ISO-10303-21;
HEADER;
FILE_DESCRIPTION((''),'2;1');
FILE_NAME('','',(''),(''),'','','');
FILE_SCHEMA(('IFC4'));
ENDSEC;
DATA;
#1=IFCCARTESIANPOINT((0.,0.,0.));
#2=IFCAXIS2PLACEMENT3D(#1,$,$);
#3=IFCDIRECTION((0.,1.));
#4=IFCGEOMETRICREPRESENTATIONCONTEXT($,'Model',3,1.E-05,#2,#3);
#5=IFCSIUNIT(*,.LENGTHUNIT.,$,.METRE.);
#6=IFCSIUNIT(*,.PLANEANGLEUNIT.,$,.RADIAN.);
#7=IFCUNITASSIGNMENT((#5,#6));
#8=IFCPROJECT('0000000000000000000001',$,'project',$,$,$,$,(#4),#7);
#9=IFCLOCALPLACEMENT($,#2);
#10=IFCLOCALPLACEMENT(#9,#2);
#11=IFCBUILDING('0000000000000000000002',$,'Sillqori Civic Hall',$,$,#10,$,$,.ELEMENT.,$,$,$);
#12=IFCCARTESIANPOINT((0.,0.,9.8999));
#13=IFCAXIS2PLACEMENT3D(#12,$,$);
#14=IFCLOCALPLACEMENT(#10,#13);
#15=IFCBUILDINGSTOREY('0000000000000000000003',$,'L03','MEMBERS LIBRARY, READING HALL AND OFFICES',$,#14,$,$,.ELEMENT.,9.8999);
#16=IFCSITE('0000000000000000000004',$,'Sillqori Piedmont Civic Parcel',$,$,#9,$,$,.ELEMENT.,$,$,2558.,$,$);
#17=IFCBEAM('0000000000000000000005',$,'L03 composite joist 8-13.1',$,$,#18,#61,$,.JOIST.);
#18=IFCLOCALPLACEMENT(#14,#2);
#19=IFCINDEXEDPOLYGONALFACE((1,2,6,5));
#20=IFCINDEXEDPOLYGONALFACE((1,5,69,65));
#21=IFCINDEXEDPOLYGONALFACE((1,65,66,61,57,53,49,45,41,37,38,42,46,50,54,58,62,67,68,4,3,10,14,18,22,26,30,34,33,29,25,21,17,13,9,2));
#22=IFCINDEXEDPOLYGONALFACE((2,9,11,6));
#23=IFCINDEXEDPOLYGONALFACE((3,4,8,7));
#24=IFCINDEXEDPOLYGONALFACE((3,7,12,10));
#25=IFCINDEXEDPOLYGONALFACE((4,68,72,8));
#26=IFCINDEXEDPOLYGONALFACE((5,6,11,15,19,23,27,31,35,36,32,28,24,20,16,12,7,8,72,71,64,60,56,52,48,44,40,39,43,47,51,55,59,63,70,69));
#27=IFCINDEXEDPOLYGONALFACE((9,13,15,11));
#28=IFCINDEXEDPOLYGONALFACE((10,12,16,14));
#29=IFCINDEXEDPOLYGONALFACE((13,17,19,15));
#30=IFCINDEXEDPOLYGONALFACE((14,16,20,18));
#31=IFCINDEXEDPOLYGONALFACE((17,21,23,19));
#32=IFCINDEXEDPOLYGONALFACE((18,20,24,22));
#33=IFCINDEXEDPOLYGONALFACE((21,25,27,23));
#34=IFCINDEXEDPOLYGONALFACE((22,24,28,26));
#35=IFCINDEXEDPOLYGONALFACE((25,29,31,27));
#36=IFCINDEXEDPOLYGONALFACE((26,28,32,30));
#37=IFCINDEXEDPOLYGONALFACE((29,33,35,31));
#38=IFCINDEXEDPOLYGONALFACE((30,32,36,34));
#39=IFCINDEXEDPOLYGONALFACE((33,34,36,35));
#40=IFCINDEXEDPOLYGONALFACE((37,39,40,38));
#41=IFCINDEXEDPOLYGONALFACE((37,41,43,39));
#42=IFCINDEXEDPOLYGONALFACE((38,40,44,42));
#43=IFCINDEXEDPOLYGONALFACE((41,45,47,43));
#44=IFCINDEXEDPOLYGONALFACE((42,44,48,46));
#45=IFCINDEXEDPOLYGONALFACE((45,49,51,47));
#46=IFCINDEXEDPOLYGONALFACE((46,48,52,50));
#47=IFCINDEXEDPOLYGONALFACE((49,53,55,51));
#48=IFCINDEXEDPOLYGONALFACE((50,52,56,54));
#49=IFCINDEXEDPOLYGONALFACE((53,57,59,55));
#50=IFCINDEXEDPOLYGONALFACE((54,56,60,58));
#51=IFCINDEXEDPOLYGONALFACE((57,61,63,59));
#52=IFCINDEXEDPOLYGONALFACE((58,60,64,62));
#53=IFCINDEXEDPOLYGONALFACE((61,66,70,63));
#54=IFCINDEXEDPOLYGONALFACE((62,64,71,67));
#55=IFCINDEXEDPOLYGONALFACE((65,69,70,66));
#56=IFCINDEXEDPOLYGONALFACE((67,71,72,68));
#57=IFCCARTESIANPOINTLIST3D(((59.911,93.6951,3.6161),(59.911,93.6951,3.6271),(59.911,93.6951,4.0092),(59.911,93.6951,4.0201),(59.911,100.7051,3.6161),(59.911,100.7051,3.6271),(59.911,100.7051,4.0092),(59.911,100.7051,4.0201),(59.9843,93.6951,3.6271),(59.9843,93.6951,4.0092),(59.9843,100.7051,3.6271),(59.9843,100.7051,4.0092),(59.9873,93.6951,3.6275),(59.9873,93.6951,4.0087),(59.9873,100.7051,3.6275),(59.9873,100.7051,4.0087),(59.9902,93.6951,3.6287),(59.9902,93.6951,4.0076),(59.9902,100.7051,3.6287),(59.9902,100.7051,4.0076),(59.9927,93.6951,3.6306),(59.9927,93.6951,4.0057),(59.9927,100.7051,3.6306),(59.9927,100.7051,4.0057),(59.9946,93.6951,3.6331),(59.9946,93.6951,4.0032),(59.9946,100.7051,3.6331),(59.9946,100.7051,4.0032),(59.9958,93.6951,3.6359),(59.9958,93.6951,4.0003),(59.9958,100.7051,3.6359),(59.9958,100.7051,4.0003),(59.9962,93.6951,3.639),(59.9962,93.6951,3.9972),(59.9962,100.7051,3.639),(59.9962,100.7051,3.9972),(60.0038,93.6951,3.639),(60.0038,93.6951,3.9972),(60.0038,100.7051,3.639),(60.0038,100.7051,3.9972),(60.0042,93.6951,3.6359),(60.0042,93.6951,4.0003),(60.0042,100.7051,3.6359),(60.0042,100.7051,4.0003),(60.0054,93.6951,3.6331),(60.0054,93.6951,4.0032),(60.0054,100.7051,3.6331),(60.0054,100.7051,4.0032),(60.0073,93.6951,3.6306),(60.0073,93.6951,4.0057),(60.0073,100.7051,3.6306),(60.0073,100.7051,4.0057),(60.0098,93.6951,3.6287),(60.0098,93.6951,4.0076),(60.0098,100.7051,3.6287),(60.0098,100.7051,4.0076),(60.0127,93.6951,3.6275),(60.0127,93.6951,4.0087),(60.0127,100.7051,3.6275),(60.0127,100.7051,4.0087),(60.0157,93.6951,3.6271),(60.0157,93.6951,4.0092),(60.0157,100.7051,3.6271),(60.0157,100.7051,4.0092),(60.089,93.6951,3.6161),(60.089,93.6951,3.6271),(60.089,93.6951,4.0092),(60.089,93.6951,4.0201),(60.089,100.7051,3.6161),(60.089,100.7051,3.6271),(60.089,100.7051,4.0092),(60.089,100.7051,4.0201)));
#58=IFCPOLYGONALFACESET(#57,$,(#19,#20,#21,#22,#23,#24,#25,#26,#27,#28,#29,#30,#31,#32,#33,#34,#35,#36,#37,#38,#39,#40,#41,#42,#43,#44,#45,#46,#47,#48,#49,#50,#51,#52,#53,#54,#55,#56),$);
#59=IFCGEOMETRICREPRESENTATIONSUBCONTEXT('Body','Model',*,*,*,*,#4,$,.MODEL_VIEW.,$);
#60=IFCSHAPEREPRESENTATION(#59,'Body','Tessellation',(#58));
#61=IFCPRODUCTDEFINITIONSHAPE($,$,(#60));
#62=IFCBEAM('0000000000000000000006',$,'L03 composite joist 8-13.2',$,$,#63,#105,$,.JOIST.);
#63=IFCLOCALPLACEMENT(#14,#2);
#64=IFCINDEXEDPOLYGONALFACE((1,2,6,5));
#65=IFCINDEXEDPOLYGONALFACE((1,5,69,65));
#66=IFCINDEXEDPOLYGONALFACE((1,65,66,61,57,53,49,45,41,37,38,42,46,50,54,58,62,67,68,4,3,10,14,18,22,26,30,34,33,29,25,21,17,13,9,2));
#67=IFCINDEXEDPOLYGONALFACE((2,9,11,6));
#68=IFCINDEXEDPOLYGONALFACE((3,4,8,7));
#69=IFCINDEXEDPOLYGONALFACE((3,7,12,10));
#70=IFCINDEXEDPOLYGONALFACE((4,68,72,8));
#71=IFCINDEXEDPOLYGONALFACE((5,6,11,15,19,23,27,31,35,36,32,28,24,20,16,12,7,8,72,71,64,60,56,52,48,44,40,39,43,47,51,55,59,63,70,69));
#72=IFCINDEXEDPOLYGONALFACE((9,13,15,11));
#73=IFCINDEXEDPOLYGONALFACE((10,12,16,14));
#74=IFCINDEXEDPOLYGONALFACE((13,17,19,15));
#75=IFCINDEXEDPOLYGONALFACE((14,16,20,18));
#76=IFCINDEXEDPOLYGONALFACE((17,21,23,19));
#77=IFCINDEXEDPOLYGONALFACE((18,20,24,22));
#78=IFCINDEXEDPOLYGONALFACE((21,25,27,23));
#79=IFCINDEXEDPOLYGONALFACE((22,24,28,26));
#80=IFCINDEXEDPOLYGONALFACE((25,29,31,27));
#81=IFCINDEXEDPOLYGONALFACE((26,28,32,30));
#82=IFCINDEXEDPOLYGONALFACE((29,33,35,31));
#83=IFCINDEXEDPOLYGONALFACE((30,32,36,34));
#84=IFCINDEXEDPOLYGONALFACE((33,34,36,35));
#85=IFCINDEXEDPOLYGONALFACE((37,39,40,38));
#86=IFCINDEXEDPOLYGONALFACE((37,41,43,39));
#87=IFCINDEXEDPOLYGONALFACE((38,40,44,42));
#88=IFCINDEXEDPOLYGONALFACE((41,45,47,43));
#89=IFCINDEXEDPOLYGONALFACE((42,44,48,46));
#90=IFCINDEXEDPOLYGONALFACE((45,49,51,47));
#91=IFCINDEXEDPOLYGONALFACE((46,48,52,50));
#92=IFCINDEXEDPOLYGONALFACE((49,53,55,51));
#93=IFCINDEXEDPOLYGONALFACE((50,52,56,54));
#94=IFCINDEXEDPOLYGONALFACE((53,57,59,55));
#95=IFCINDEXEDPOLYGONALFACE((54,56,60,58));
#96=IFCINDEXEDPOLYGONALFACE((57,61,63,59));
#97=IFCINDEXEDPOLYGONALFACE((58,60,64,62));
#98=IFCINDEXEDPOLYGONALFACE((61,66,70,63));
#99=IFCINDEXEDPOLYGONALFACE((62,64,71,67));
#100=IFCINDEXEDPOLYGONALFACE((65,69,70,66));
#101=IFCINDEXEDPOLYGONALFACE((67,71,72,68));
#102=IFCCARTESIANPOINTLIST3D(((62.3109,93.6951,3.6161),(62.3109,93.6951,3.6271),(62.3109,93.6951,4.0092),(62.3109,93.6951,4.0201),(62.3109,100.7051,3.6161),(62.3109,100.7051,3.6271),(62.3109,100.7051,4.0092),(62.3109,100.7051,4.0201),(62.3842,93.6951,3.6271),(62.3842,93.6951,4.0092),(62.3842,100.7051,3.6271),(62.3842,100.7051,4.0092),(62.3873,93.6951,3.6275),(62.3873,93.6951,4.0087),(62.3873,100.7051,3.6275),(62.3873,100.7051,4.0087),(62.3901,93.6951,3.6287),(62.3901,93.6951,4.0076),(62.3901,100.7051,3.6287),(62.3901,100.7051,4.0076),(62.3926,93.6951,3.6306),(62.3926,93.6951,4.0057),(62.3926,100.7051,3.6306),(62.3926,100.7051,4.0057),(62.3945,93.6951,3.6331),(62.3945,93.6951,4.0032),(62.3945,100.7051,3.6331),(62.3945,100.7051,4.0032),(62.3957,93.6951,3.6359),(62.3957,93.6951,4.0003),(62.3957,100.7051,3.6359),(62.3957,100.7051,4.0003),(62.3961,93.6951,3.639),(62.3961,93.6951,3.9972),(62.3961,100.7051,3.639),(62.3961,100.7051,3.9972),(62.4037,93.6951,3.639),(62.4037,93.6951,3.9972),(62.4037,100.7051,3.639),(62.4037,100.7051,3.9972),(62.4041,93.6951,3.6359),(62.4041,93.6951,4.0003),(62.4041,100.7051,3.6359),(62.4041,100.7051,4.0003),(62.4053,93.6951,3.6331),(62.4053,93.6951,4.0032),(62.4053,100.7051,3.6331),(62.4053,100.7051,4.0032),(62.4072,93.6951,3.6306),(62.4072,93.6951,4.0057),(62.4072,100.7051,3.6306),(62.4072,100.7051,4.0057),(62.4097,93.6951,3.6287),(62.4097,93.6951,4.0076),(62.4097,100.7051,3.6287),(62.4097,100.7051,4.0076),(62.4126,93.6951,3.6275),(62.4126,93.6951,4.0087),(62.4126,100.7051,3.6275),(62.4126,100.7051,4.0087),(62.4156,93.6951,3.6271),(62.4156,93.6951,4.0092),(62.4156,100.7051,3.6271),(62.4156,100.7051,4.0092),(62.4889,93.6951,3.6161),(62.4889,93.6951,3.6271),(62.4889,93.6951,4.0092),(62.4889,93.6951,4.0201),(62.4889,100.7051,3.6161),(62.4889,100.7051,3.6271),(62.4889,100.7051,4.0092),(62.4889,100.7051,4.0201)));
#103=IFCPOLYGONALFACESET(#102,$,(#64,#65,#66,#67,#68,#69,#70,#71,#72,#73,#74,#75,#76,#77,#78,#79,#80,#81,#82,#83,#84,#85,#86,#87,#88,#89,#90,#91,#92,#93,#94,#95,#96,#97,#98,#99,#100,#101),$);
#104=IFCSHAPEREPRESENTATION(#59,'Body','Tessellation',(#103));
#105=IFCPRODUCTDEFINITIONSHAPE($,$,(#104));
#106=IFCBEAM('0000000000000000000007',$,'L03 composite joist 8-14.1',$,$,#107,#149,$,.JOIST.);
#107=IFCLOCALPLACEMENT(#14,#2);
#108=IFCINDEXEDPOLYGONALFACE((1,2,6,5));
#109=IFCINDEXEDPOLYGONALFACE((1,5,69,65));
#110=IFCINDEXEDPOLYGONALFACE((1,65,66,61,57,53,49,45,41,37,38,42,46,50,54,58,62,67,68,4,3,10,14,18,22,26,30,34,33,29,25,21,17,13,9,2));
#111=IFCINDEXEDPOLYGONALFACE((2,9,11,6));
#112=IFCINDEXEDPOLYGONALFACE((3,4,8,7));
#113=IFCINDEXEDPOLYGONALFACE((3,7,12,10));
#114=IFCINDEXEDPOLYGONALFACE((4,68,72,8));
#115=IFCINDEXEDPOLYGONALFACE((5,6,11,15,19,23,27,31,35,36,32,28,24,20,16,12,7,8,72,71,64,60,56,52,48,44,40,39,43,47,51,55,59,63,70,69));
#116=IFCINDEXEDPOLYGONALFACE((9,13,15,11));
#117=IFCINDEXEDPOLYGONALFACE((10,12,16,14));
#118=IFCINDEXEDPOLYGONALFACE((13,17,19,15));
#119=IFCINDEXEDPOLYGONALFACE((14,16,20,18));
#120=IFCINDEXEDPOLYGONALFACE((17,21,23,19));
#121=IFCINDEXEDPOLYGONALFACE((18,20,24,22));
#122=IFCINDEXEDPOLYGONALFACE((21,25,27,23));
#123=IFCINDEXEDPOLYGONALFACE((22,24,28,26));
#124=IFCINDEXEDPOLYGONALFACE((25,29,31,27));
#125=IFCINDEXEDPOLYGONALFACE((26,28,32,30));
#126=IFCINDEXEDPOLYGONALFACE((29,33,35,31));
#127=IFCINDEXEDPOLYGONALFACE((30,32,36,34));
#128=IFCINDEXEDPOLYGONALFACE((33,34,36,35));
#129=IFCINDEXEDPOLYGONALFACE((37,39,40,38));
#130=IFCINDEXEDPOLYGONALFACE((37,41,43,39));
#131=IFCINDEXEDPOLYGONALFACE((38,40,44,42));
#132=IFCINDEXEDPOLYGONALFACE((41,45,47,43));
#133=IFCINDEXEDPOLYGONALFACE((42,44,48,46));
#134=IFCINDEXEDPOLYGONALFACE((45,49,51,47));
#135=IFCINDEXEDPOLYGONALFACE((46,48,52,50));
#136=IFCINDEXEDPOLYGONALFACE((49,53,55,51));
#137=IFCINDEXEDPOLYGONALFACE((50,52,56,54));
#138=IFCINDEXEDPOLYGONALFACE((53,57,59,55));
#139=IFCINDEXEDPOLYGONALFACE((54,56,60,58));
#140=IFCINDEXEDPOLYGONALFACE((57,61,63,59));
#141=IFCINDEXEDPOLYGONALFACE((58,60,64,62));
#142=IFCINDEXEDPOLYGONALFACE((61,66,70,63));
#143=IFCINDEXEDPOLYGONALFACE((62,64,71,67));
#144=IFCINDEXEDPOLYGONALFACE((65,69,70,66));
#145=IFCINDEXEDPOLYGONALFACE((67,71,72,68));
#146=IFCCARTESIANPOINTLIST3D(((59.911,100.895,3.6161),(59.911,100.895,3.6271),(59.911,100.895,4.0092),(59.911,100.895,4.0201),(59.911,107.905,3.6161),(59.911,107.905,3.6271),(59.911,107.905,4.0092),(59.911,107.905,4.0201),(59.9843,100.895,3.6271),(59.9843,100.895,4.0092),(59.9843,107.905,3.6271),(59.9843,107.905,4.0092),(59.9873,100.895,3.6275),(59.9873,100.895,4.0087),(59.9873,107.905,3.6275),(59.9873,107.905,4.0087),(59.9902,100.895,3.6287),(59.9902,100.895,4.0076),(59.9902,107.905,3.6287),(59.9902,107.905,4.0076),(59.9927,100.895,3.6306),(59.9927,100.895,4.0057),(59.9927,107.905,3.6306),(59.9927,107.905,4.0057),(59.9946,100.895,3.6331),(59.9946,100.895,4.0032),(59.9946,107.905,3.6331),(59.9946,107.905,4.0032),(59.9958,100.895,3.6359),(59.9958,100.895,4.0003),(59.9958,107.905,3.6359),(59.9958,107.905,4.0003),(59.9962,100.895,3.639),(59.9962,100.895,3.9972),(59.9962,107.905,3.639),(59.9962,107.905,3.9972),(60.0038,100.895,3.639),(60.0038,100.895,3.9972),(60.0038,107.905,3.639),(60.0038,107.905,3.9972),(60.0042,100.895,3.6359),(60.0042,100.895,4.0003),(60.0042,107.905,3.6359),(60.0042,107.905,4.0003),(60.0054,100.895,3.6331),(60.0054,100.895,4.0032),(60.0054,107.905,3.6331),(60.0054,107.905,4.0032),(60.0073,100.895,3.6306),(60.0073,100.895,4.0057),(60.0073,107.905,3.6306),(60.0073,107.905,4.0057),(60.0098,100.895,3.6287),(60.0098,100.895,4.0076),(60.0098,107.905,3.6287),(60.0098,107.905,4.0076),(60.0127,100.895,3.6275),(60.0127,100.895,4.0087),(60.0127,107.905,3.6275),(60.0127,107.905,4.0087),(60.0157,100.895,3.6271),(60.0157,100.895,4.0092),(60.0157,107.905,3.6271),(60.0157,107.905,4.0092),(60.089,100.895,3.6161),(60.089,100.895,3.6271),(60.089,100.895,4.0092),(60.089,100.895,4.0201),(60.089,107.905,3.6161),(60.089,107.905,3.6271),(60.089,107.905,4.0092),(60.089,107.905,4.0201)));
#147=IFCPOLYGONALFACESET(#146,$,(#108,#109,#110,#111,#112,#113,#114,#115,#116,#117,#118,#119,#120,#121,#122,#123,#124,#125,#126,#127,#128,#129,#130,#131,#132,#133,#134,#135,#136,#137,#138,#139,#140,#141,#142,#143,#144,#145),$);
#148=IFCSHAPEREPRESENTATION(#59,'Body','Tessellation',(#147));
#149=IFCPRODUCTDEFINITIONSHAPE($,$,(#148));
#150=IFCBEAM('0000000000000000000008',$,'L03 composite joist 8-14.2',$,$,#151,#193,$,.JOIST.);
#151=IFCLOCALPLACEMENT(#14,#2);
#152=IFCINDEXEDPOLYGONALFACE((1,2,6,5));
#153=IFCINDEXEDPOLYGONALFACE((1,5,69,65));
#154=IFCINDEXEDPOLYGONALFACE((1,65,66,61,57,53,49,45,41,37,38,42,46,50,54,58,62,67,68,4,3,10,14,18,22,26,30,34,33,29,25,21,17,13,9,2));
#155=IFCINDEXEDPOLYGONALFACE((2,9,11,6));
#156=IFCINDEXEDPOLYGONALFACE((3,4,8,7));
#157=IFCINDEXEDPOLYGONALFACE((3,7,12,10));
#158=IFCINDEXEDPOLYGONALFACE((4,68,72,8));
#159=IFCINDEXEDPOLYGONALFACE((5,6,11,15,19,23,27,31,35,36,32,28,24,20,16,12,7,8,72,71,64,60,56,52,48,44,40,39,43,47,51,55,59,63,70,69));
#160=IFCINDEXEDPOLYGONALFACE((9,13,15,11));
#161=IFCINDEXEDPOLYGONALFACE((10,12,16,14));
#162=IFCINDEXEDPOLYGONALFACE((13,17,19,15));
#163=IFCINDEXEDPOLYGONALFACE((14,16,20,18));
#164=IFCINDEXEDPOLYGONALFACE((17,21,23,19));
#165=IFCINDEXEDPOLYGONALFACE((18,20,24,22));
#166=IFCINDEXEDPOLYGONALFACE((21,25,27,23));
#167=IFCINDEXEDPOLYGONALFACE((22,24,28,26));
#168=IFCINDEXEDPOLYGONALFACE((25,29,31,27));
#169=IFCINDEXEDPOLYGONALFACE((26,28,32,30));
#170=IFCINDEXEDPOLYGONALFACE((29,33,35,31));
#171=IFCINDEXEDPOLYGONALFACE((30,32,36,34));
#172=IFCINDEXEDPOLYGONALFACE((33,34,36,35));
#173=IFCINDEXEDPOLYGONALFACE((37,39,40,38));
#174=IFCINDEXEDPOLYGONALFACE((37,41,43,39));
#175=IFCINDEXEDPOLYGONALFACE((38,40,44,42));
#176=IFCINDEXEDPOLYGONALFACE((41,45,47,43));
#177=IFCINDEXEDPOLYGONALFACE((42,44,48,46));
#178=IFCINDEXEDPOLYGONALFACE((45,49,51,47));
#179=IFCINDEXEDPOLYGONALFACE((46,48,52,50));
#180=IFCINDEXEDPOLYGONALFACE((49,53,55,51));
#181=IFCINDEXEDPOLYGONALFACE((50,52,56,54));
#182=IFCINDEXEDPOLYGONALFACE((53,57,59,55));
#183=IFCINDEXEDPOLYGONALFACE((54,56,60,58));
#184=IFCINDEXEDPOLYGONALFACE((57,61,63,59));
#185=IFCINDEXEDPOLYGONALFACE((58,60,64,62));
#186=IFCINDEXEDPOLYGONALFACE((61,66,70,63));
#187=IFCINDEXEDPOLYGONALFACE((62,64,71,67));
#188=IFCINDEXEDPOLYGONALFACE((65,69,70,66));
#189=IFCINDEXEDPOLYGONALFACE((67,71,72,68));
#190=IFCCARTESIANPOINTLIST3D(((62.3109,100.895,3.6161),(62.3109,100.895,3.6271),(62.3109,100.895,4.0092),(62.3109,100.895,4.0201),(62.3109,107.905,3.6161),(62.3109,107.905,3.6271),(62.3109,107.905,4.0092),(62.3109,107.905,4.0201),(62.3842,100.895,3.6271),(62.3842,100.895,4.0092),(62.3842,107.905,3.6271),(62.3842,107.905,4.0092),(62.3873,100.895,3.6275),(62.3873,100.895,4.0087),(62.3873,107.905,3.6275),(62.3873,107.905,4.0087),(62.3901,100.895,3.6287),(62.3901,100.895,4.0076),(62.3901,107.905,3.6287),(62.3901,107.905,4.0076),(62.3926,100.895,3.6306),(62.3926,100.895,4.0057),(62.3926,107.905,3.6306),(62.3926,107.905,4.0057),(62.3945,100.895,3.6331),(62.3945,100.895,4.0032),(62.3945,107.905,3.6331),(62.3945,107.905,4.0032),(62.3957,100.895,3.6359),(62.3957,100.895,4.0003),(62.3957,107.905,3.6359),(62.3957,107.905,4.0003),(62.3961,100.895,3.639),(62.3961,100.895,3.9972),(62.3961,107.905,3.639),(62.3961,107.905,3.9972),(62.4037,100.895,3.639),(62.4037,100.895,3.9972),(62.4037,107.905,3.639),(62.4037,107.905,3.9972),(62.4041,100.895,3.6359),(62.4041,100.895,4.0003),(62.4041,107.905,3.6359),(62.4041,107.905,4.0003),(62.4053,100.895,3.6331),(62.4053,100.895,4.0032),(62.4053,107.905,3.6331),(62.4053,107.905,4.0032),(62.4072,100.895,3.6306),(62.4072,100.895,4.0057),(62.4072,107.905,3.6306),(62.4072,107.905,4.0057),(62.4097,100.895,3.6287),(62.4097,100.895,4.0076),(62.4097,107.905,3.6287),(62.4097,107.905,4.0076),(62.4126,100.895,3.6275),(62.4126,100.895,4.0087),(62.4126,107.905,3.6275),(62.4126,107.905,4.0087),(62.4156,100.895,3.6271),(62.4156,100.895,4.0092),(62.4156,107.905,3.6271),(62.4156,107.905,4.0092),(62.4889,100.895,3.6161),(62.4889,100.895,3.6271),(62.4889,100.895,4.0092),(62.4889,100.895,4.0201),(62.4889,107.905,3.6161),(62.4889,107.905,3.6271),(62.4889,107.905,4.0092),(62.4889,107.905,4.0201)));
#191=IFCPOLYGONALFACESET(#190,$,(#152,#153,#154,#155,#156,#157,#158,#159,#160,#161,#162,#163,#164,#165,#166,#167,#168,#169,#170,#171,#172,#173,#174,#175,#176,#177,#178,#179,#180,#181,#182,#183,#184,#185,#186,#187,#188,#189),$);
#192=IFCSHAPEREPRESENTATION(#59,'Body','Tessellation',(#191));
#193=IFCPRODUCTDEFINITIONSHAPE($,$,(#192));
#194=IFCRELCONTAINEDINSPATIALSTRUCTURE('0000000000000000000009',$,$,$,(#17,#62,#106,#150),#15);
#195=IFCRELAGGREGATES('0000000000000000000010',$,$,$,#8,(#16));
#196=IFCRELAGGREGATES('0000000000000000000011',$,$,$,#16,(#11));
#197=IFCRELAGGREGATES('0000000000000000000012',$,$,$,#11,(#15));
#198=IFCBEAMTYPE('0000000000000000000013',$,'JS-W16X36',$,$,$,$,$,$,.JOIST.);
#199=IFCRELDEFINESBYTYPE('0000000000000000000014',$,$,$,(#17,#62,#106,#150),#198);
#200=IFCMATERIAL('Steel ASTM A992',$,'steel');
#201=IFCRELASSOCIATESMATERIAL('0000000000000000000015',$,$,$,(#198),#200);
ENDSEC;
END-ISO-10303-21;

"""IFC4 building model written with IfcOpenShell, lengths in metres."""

from ifc_helpers import new_model, si_unit, direction, frame, origin, origin_2d, place, context, subcontext, project, spatial, i_section, extrude, material, material_profile, profile_set, type_object, element, save


model = new_model("IFC4")

# Units and contexts
model_context = context("Model", 3, precision=1e-05, world=origin(), true_north=direction((0.0, 1.0)))
body_context = subcontext(model_context, "Body", "Model", "MODEL_VIEW")
ifc_project = project(units=[si_unit("LENGTHUNIT", "METRE"), si_unit("PLANEANGLEUNIT", "RADIAN")], contexts=[model_context])

# Site, building, storey
site_placement = place(None, origin())
site = spatial("IfcSite", under=ifc_project, at=site_placement, Name="Sillqori Piedmont Civic Parcel", CompositionType="ELEMENT", RefElevation=2558.0)
building_placement = place(site_placement, origin())
building = spatial("IfcBuilding", under=site, at=building_placement, Name="Sillqori Civic Hall", CompositionType="ELEMENT")
storey_placement = place(building_placement, frame((0.0, 0.0, 9.8999)))
storey = spatial("IfcBuildingStorey", under=building, at=storey_placement, Name="L03", Description="MEMBERS LIBRARY, READING HALL AND OFFICES", CompositionType="ELEMENT", Elevation=9.8999)

# Shared definitions
ifc_material_1 = material(Name="Steel ASTM A992", Category="steel")

# Beams
ifc_material_profile_1 = material_profile(ifc_material_1, i_section(OverallWidth=0.178, OverallDepth=0.4041, WebThickness=0.0076, FlangeThickness=0.011, FilletRadius=0.012, at=origin_2d()), Name="W16X36")
ifc_profile_set_1 = profile_set([ifc_material_profile_1], Name="Steel ASTM A992")
beam_type_1 = type_object("IfcBeamType", Name="JS-W16X36", PredefinedType="JOIST", material=ifc_profile_set_1)
for number, where, z_axis, x_axis, name in (
    (1, (60.0, 93.6951, 3.8181), (0.0, 1.0, 0.0), (-1.0, 0.0, 0.0), "L03 composite joist 8-13.1"),
    (2, (62.3999, 93.6951, 3.8181), (0.0, 1.0, 0.0), (-1.0, 0.0, 0.0), "L03 composite joist 8-13.2"),
    (3, (60.0, 100.895, 3.8181), (0.0, 1.0, 0.0), (-1.0, 0.0, 0.0), "L03 composite joist 8-14.1"),
    (4, (62.3999, 100.895, 3.8181), (0.0, 1.0, 0.0), (-1.0, 0.0, 0.0), "L03 composite joist 8-14.2"),
):
    element("IfcBeam", number, at=place(storey_placement, frame(where, z_axis=z_axis, x_axis=x_axis)), inside=storey, type_object=beam_type_1, Name=name, PredefinedType="JOIST", context=body_context, shape_type="SweptSolid", body=[
        extrude(i_section(OverallWidth=0.178, OverallDepth=0.4041, WebThickness=0.0076, FlangeThickness=0.011, FilletRadius=0.012, at=origin_2d()), origin(), (0.0, 0.0, 1.0), 7.01),
    ])

save(model, "model.ifc")
